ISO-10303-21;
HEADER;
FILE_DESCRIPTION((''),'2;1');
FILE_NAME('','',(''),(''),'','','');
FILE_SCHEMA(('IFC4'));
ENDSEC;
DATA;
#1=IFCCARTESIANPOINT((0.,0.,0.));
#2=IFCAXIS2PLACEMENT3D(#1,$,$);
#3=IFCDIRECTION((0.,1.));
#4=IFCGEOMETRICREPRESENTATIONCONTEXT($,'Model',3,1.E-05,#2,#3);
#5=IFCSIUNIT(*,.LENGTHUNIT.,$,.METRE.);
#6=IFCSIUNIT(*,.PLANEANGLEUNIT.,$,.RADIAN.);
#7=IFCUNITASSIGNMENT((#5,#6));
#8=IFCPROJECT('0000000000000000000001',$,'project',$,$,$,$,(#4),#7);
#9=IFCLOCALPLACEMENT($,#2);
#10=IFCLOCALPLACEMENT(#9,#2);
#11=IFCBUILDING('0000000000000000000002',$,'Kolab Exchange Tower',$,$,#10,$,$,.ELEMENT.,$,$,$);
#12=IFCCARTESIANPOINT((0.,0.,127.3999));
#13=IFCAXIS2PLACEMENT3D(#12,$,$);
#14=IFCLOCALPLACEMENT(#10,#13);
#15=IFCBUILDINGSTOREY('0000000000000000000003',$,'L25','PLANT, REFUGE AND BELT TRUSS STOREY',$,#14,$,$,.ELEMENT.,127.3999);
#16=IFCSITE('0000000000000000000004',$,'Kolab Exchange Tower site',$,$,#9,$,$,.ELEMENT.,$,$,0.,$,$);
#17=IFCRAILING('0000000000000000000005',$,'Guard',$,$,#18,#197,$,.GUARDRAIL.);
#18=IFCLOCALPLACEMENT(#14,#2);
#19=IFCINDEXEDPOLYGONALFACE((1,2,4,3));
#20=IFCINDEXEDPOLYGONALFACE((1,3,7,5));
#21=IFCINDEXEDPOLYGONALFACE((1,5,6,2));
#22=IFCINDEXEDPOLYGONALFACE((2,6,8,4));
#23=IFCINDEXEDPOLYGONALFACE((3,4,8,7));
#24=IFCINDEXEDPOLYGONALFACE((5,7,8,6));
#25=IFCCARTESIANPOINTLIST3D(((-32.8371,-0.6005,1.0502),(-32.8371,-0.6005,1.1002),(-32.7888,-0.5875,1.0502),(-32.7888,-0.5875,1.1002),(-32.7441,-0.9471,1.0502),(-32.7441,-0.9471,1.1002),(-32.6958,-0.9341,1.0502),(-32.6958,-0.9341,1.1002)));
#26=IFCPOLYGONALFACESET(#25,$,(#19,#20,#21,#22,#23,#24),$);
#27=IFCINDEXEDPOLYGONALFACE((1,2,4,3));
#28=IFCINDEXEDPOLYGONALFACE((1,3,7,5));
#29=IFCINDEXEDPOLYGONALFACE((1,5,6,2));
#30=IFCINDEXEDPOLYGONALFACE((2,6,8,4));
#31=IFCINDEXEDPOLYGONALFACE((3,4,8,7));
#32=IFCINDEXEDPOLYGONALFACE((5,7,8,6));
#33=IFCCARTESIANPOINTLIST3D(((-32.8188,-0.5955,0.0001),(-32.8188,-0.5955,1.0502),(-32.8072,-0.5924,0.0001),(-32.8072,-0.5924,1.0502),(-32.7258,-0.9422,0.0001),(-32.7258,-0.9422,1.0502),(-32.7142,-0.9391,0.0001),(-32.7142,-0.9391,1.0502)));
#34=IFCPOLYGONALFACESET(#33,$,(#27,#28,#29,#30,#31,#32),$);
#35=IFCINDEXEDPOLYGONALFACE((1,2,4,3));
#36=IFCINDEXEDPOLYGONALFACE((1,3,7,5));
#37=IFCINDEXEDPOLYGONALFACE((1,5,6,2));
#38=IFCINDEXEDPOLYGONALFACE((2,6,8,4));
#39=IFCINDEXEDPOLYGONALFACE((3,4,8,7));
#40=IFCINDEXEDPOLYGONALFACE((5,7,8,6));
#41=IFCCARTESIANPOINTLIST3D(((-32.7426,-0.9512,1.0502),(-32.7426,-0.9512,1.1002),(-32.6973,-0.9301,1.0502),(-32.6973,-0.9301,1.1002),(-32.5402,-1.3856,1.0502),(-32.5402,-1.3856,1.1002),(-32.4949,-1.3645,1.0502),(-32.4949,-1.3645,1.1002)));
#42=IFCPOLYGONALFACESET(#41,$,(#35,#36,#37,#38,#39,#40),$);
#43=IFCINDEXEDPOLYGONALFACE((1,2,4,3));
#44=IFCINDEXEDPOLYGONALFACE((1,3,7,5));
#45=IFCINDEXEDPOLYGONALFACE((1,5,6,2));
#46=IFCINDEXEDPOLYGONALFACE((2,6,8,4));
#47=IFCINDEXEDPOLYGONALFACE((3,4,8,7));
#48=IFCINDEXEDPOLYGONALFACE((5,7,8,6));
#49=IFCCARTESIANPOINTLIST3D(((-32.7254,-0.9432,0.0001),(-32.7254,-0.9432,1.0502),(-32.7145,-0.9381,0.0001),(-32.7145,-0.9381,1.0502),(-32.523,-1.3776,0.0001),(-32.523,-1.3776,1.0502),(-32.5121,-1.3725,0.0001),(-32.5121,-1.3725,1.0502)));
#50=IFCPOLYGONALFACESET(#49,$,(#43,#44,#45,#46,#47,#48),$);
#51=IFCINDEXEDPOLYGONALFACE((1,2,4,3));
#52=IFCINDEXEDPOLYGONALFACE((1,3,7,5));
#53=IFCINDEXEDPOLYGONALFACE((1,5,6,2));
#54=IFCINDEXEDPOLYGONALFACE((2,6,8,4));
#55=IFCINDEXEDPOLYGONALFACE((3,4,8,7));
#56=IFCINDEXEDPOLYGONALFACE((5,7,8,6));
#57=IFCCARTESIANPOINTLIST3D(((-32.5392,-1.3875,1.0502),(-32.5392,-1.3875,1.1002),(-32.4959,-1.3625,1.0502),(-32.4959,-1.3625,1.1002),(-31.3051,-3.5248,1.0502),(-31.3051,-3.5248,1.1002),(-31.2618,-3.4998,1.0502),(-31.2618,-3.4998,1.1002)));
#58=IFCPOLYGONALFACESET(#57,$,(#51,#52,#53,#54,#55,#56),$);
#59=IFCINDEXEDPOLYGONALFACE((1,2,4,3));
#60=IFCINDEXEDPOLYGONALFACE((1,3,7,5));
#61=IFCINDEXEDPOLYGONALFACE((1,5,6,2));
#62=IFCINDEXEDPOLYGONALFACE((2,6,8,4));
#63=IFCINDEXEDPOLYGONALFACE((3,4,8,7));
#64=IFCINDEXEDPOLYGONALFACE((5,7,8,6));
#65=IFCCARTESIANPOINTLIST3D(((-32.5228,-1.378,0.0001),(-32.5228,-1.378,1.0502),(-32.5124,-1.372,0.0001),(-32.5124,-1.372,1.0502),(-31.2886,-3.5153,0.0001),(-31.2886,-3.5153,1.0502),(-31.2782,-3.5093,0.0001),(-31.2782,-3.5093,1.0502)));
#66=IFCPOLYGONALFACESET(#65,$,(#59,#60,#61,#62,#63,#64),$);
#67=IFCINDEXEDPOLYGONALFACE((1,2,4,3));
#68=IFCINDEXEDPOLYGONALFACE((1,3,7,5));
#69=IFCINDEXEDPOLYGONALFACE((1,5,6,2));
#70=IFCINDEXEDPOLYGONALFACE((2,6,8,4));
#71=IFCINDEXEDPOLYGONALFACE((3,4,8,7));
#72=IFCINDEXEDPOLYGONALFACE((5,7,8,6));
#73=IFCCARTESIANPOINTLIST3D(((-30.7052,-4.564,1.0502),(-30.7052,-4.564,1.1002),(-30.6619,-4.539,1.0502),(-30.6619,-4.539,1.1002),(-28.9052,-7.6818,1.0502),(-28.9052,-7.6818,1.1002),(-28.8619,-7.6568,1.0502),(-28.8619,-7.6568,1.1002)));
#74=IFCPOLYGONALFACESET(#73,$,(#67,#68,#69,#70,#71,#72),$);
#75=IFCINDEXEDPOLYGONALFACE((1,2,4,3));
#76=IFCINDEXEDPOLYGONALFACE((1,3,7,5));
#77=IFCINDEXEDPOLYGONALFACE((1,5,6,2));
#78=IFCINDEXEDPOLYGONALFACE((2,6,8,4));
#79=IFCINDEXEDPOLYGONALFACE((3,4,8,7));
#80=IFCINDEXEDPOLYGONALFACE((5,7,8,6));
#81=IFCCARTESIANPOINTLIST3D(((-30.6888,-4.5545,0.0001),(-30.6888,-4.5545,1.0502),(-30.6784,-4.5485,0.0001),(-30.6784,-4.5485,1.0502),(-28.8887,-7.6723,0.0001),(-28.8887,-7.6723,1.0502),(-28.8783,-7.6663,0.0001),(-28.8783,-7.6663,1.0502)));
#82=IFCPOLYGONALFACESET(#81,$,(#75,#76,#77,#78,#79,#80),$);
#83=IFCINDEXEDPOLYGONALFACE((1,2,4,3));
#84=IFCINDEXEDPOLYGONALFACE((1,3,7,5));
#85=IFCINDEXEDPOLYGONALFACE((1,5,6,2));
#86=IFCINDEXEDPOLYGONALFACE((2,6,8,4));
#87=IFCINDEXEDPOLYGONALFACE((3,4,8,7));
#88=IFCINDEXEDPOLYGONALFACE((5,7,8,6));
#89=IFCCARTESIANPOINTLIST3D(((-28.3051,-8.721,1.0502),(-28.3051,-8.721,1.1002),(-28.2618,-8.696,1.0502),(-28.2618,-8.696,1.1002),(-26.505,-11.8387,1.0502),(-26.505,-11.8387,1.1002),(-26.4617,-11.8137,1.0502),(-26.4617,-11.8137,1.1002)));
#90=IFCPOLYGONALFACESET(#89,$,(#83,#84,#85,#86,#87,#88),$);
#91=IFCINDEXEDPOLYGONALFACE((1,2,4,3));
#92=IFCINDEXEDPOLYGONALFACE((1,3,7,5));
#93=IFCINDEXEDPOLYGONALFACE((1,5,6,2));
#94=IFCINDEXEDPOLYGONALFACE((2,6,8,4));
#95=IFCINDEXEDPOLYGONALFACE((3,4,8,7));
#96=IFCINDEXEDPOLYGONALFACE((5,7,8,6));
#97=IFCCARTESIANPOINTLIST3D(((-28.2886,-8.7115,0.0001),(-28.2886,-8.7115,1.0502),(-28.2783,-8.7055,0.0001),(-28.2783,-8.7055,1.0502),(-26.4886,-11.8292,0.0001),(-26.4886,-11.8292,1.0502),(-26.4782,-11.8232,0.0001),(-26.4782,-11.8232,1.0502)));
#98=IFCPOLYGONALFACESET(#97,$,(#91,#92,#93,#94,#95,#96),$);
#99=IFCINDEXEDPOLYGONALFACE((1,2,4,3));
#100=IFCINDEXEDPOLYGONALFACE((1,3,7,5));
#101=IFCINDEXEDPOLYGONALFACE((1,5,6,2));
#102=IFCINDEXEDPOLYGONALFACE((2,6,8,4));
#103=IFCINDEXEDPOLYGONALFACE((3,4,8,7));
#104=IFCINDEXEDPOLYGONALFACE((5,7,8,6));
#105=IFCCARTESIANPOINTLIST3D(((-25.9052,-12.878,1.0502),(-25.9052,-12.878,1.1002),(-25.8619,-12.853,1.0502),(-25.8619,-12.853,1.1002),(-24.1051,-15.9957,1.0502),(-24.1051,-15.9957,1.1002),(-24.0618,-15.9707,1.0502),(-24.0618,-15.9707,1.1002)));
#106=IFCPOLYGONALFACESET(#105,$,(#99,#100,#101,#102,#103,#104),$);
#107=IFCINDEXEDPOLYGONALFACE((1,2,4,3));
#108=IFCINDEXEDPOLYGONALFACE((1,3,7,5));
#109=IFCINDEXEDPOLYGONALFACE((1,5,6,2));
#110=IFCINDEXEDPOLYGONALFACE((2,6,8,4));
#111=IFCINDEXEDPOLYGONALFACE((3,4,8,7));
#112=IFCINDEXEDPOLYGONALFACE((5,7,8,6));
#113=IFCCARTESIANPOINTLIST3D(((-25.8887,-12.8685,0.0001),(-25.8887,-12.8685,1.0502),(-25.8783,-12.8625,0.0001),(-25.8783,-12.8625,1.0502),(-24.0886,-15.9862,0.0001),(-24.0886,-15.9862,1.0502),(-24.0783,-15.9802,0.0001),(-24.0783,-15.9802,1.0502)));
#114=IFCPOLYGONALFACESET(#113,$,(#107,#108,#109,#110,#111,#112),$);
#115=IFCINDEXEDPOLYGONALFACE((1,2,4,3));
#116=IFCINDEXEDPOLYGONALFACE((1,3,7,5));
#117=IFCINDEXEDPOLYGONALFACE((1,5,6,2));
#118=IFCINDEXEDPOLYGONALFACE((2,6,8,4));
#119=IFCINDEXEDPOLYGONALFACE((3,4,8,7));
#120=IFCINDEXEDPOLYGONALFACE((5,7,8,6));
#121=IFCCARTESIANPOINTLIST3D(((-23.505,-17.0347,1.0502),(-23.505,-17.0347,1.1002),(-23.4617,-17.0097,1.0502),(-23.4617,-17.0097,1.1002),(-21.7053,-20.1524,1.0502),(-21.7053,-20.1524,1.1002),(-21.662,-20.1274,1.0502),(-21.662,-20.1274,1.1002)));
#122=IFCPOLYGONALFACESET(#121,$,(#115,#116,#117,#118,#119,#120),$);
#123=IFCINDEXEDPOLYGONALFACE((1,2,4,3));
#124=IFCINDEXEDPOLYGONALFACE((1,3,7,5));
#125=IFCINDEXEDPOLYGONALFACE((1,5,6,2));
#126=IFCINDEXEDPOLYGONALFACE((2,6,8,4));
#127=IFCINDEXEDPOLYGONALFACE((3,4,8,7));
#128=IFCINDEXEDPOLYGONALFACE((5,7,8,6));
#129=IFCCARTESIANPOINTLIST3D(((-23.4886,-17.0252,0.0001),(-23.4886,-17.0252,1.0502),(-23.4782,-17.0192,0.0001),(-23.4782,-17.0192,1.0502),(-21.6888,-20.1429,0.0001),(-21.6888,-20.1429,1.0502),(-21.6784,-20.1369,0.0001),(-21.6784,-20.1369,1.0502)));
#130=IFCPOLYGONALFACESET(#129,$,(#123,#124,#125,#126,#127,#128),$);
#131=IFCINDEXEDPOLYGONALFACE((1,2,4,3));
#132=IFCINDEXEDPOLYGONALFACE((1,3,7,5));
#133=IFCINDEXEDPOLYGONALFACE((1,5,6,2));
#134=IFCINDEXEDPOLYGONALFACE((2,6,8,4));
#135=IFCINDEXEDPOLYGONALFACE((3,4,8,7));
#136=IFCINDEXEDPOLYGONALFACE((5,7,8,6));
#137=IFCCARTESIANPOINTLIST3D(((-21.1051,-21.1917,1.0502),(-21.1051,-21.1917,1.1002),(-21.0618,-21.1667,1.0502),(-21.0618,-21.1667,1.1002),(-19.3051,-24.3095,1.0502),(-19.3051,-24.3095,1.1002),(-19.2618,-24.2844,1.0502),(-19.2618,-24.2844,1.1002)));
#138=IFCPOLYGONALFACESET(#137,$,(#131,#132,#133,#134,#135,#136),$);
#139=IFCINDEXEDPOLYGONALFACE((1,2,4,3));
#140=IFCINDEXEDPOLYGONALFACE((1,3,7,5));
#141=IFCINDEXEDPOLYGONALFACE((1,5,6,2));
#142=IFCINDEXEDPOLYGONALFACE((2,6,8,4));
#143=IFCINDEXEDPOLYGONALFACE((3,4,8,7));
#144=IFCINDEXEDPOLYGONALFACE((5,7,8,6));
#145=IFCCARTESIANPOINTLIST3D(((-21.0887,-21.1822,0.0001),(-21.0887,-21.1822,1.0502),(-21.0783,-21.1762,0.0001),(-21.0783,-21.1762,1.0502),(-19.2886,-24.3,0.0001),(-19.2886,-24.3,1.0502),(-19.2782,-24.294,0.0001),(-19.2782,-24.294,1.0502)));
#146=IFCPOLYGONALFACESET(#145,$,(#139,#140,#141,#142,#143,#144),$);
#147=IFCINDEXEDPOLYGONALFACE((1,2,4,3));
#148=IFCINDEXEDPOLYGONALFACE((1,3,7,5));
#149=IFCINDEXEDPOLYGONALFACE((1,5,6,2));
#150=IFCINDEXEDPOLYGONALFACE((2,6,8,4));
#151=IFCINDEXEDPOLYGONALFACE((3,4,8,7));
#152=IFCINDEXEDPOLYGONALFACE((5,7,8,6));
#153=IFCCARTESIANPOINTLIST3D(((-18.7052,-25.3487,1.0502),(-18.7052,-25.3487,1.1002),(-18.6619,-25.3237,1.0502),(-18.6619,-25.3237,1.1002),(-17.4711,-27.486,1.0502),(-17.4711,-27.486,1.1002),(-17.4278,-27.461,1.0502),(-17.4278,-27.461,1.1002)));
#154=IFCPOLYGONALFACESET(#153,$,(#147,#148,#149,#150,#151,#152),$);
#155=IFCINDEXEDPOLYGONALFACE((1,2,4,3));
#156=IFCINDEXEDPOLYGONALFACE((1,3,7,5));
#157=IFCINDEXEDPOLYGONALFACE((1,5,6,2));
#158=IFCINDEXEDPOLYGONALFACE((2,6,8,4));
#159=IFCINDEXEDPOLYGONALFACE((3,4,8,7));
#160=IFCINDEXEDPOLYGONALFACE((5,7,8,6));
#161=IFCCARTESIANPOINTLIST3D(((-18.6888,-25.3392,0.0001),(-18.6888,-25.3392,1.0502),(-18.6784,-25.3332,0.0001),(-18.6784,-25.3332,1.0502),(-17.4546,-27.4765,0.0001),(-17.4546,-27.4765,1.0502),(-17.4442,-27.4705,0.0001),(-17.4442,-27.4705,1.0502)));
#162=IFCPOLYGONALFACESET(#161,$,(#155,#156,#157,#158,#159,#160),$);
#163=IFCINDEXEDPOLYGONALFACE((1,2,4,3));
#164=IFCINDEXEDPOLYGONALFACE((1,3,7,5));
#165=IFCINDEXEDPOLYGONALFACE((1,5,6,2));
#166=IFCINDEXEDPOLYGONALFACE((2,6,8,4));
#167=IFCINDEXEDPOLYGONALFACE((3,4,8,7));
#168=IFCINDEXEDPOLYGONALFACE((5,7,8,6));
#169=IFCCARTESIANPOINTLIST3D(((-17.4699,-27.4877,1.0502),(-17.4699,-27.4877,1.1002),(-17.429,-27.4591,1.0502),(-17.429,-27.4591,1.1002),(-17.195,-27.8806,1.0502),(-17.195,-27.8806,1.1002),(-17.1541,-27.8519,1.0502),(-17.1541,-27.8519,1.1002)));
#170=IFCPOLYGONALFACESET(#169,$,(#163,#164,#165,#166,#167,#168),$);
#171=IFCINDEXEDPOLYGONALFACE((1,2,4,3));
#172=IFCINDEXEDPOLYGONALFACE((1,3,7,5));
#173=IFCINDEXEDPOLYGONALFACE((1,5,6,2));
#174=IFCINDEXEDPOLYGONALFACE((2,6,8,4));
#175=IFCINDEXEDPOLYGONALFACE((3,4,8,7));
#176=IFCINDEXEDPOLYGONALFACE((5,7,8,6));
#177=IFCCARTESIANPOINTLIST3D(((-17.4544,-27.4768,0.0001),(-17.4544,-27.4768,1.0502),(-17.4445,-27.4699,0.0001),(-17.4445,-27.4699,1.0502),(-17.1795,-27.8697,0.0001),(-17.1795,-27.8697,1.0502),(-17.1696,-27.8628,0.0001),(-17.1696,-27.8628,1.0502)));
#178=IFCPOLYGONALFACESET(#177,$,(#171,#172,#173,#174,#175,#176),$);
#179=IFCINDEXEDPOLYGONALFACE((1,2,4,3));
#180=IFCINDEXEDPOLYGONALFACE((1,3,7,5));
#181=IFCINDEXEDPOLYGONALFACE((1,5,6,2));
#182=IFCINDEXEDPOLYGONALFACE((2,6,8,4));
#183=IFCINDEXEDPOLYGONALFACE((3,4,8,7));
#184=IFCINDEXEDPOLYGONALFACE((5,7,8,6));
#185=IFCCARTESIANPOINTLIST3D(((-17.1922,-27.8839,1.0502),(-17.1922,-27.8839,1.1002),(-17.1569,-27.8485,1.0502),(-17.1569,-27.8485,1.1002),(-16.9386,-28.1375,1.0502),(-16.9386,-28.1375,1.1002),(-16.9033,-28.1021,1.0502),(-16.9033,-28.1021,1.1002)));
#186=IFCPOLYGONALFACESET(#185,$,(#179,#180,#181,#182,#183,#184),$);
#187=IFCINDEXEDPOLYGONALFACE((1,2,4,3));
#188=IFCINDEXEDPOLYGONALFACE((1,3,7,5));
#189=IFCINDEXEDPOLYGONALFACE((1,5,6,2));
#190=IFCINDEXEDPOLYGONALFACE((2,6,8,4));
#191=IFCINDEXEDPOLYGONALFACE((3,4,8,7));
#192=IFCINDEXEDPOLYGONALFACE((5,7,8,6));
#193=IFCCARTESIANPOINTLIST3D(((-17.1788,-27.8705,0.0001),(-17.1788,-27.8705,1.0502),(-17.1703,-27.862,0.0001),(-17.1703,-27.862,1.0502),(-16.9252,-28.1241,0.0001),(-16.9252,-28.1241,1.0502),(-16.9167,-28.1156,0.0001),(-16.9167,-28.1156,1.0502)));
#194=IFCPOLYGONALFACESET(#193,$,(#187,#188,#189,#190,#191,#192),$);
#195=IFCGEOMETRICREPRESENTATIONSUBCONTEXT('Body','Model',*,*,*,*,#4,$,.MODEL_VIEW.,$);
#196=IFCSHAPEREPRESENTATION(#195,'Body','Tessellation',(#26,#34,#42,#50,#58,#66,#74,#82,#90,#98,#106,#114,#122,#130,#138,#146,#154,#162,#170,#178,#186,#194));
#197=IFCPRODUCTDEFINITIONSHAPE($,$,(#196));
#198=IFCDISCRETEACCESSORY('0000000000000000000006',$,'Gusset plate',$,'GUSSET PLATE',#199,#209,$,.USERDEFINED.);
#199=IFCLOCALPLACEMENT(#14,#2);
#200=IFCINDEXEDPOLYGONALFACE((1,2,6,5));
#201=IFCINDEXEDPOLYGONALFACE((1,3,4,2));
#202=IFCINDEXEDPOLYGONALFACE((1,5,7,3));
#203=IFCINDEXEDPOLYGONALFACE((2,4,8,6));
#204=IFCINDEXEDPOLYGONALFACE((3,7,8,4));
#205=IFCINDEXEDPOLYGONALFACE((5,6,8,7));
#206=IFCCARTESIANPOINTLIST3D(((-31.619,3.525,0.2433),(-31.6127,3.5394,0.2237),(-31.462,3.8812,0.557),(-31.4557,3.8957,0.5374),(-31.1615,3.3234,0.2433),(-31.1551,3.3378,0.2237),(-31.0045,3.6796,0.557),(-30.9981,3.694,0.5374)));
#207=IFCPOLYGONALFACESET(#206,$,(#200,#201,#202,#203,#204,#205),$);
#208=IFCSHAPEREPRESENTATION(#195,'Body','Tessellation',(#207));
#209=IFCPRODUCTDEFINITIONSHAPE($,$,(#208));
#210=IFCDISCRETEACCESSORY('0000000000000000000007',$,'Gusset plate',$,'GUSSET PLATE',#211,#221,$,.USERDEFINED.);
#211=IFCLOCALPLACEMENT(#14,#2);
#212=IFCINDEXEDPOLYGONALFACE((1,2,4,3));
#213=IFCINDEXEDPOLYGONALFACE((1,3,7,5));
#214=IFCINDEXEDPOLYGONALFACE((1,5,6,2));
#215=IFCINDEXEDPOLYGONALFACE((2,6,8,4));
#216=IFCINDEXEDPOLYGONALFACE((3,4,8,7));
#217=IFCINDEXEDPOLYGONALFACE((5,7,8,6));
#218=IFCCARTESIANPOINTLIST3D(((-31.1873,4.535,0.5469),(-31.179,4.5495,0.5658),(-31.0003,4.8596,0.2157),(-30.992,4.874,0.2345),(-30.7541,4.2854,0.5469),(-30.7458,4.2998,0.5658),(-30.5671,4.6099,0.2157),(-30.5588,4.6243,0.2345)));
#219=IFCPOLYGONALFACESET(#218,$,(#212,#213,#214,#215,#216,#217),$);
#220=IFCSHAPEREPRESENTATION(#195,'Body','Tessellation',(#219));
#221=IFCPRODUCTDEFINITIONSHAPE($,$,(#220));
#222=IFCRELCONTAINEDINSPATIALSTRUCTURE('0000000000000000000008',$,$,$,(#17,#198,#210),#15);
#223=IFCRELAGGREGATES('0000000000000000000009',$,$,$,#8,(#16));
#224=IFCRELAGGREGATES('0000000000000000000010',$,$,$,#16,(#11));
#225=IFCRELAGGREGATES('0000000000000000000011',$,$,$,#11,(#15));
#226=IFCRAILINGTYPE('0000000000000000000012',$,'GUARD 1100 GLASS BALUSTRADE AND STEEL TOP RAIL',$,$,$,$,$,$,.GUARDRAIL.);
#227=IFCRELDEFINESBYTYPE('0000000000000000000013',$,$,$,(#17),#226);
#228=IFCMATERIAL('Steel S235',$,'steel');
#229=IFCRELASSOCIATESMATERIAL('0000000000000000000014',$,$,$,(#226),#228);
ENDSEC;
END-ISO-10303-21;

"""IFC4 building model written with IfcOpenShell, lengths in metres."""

from ifc_helpers import new_model, si_unit, direction, frame, frame_2d, origin, origin_2d, place, context, subcontext, project, spatial, rectangle, extrude, material, type_object, element, save


model = new_model("IFC4")

# Units and contexts
model_context = context("Model", 3, precision=1e-05, world=origin(), true_north=direction((0.0, 1.0)))
body_context = subcontext(model_context, "Body", "Model", "MODEL_VIEW")
ifc_project = project(units=[si_unit("LENGTHUNIT", "METRE"), si_unit("PLANEANGLEUNIT", "RADIAN")], contexts=[model_context])

# Site, building, storey
site_placement = place(None, origin())
site = spatial("IfcSite", under=ifc_project, at=site_placement, Name="Kolab Exchange Tower site", CompositionType="ELEMENT", RefElevation=0.0)
building_placement = place(site_placement, origin())
building = spatial("IfcBuilding", under=site, at=building_placement, Name="Kolab Exchange Tower", CompositionType="ELEMENT")
storey_placement = place(building_placement, frame((0.0, 0.0, 127.3999)))
storey = spatial("IfcBuildingStorey", under=building, at=storey_placement, Name="L25", Description="PLANT, REFUGE AND BELT TRUSS STOREY", CompositionType="ELEMENT", Elevation=127.3999)

# Railing
ifc_material_1 = material(Name="Steel S235", Category="steel")
railing_type = type_object("IfcRailingType", Name="GUARD 1100 GLASS BALUSTRADE AND STEEL TOP RAIL", PredefinedType="GUARDRAIL", material=ifc_material_1)
railing_placement = place(storey_placement, frame((-32.813, -0.594, 0.0)))
element("IfcRailing", 1, at=railing_placement, inside=storey, type_object=railing_type, Name="Guard", PredefinedType="GUARDRAIL", context=body_context, shape_type="SweptSolid", body=[
    extrude(rectangle(XDim=0.05, YDim=0.05, at=origin_2d()), frame((0.0, 0.0, 1.0752), z_axis=(0.259144, -0.965839, 0.0), x_axis=(0.965839, 0.259144, 0.0)), (0.0, 0.0, 1.0), 0.3589),
    extrude(rectangle(XDim=0.012, YDim=1.0501, at=frame_2d((0.0, 0.5251))), frame((0.0, 0.0, 0.0), z_axis=(0.259144, -0.965839, 0.0), x_axis=(0.965839, 0.259144, 0.0)), (0.0, 0.0, 1.0), 0.3589),
    extrude(rectangle(XDim=0.05, YDim=0.05, at=origin_2d()), frame((0.093, -0.3467, 1.0752), z_axis=(0.422383, -0.906417, 0.0), x_axis=(0.906417, 0.422383, 0.0)), (0.0, 0.0, 1.0), 0.4792),
    extrude(rectangle(XDim=0.012, YDim=1.0501, at=frame_2d((0.0, 0.5251))), frame((0.093, -0.3467, 0.0), z_axis=(0.422383, -0.906417, 0.0), x_axis=(0.906417, 0.422383, 0.0)), (0.0, 0.0, 1.0), 0.4792),
    extrude(rectangle(XDim=0.05, YDim=0.05, at=origin_2d()), frame((0.2954, -0.781, 1.0752), z_axis=(0.500065, -0.865988, 0.0), x_axis=(0.865988, 0.500065, 0.0)), (0.0, 0.0, 1.0), 2.468),
    extrude(rectangle(XDim=0.012, YDim=1.0501, at=frame_2d((0.0, 0.5251))), frame((0.2954, -0.781, 0.0), z_axis=(0.500065, -0.865988, 0.0), x_axis=(0.865988, 0.500065, 0.0)), (0.0, 0.0, 1.0), 2.468),
    extrude(rectangle(XDim=0.05, YDim=0.05, at=origin_2d()), frame((2.1294, -3.9575, 1.0752), z_axis=(0.500012, -0.866018, 0.0), x_axis=(0.866018, 0.500012, 0.0)), (0.0, 0.0, 1.0), 3.6001),
    extrude(rectangle(XDim=0.012, YDim=1.0501, at=frame_2d((0.0, 0.5251))), frame((2.1294, -3.9575, 0.0), z_axis=(0.500012, -0.866018, 0.0), x_axis=(0.866018, 0.500012, 0.0)), (0.0, 0.0, 1.0), 3.6001),
    extrude(rectangle(XDim=0.05, YDim=0.05, at=origin_2d()), frame((4.5295, -8.1145, 1.0752), z_axis=(0.500012, -0.866018, 0.0), x_axis=(0.866018, 0.500012, 0.0)), (0.0, 0.0, 1.0), 3.6001),
    extrude(rectangle(XDim=0.012, YDim=1.0501, at=frame_2d((0.0, 0.5251))), frame((4.5295, -8.1145, 0.0), z_axis=(0.500012, -0.866018, 0.0), x_axis=(0.866018, 0.500012, 0.0)), (0.0, 0.0, 1.0), 3.6001),
    extrude(rectangle(XDim=0.05, YDim=0.05, at=origin_2d()), frame((6.9294, -12.2715, 1.0752), z_axis=(0.500012, -0.866018, 0.0), x_axis=(0.866018, 0.500012, 0.0)), (0.0, 0.0, 1.0), 3.6001),
    extrude(rectangle(XDim=0.012, YDim=1.0501, at=frame_2d((0.0, 0.5251))), frame((6.9294, -12.2715, 0.0), z_axis=(0.500012, -0.866018, 0.0), x_axis=(0.866018, 0.500012, 0.0)), (0.0, 0.0, 1.0), 3.6001),
    extrude(rectangle(XDim=0.05, YDim=0.05, at=origin_2d()), frame((9.3296, -16.4282, 1.0752), z_axis=(0.499961, -0.866048, 0.0), x_axis=(0.866048, 0.499961, 0.0)), (0.0, 0.0, 1.0), 3.5999),
    extrude(rectangle(XDim=0.012, YDim=1.0501, at=frame_2d((0.0, 0.5251))), frame((9.3296, -16.4282, 0.0), z_axis=(0.499961, -0.866048, 0.0), x_axis=(0.866048, 0.499961, 0.0)), (0.0, 0.0, 1.0), 3.5999),
    extrude(rectangle(XDim=0.05, YDim=0.05, at=origin_2d()), frame((11.7295, -20.5852, 1.0752), z_axis=(0.500012, -0.866018, 0.0), x_axis=(0.866018, 0.500012, 0.0)), (0.0, 0.0, 1.0), 3.6001),
    extrude(rectangle(XDim=0.012, YDim=1.0501, at=frame_2d((0.0, 0.5251))), frame((11.7295, -20.5852, 0.0), z_axis=(0.500012, -0.866018, 0.0), x_axis=(0.866018, 0.500012, 0.0)), (0.0, 0.0, 1.0), 3.6001),
    extrude(rectangle(XDim=0.05, YDim=0.05, at=origin_2d()), frame((14.1294, -24.7422, 1.0752), z_axis=(0.500065, -0.865988, 0.0), x_axis=(0.865988, 0.500065, 0.0)), (0.0, 0.0, 1.0), 2.468),
    extrude(rectangle(XDim=0.012, YDim=1.0501, at=frame_2d((0.0, 0.5251))), frame((14.1294, -24.7422, 0.0), z_axis=(0.500065, -0.865988, 0.0), x_axis=(0.865988, 0.500065, 0.0)), (0.0, 0.0, 1.0), 2.468),
    extrude(rectangle(XDim=0.05, YDim=0.05, at=origin_2d()), frame((15.3635, -26.8794, 1.0752), z_axis=(0.57336, -0.819304, 0.0), x_axis=(0.819304, 0.57336, 0.0)), (0.0, 0.0, 1.0), 0.4795),
    extrude(rectangle(XDim=0.012, YDim=1.0501, at=frame_2d((0.0, 0.5251))), frame((15.3635, -26.8794, 0.0), z_axis=(0.57336, -0.819304, 0.0), x_axis=(0.819304, 0.57336, 0.0)), (0.0, 0.0, 1.0), 0.4795),
    extrude(rectangle(XDim=0.05, YDim=0.05, at=origin_2d()), frame((15.6384, -27.2722, 1.0752), z_axis=(0.707107, -0.707107, 0.0), x_axis=(0.707107, 0.707107, 0.0)), (0.0, 0.0, 1.0), 0.3586),
    extrude(rectangle(XDim=0.012, YDim=1.0501, at=frame_2d((0.0, 0.5251))), frame((15.6384, -27.2722, 0.0), z_axis=(0.707107, -0.707107, 0.0), x_axis=(0.707107, 0.707107, 0.0)), (0.0, 0.0, 1.0), 0.3586),
])

# Discrete accessories
for number, where, z_axis, x_axis, name in (
    (2, (-31.3118, 3.6023, 0.4001), (0.253048, 0.574225, -0.77861), (-0.915086, 0.403258, 0.0), "Gusset plate"),
    (3, (-30.8689, 4.5869, 0.4001), (-0.330768, -0.57398, -0.749092), (0.86643, -0.499299, 0.0), "Gusset plate"),
):
    element("IfcDiscreteAccessory", number, at=place(storey_placement, frame(where, z_axis=z_axis, x_axis=x_axis)), inside=storey, Name=name, ObjectType="GUSSET PLATE", PredefinedType="USERDEFINED", context=body_context, shape_type="SweptSolid", body=[
        extrude(rectangle(XDim=0.5, YDim=0.5, at=origin_2d()), origin(), (0.0, 0.0, 1.0), 0.0251),
    ])

save(model, "model.ifc")
